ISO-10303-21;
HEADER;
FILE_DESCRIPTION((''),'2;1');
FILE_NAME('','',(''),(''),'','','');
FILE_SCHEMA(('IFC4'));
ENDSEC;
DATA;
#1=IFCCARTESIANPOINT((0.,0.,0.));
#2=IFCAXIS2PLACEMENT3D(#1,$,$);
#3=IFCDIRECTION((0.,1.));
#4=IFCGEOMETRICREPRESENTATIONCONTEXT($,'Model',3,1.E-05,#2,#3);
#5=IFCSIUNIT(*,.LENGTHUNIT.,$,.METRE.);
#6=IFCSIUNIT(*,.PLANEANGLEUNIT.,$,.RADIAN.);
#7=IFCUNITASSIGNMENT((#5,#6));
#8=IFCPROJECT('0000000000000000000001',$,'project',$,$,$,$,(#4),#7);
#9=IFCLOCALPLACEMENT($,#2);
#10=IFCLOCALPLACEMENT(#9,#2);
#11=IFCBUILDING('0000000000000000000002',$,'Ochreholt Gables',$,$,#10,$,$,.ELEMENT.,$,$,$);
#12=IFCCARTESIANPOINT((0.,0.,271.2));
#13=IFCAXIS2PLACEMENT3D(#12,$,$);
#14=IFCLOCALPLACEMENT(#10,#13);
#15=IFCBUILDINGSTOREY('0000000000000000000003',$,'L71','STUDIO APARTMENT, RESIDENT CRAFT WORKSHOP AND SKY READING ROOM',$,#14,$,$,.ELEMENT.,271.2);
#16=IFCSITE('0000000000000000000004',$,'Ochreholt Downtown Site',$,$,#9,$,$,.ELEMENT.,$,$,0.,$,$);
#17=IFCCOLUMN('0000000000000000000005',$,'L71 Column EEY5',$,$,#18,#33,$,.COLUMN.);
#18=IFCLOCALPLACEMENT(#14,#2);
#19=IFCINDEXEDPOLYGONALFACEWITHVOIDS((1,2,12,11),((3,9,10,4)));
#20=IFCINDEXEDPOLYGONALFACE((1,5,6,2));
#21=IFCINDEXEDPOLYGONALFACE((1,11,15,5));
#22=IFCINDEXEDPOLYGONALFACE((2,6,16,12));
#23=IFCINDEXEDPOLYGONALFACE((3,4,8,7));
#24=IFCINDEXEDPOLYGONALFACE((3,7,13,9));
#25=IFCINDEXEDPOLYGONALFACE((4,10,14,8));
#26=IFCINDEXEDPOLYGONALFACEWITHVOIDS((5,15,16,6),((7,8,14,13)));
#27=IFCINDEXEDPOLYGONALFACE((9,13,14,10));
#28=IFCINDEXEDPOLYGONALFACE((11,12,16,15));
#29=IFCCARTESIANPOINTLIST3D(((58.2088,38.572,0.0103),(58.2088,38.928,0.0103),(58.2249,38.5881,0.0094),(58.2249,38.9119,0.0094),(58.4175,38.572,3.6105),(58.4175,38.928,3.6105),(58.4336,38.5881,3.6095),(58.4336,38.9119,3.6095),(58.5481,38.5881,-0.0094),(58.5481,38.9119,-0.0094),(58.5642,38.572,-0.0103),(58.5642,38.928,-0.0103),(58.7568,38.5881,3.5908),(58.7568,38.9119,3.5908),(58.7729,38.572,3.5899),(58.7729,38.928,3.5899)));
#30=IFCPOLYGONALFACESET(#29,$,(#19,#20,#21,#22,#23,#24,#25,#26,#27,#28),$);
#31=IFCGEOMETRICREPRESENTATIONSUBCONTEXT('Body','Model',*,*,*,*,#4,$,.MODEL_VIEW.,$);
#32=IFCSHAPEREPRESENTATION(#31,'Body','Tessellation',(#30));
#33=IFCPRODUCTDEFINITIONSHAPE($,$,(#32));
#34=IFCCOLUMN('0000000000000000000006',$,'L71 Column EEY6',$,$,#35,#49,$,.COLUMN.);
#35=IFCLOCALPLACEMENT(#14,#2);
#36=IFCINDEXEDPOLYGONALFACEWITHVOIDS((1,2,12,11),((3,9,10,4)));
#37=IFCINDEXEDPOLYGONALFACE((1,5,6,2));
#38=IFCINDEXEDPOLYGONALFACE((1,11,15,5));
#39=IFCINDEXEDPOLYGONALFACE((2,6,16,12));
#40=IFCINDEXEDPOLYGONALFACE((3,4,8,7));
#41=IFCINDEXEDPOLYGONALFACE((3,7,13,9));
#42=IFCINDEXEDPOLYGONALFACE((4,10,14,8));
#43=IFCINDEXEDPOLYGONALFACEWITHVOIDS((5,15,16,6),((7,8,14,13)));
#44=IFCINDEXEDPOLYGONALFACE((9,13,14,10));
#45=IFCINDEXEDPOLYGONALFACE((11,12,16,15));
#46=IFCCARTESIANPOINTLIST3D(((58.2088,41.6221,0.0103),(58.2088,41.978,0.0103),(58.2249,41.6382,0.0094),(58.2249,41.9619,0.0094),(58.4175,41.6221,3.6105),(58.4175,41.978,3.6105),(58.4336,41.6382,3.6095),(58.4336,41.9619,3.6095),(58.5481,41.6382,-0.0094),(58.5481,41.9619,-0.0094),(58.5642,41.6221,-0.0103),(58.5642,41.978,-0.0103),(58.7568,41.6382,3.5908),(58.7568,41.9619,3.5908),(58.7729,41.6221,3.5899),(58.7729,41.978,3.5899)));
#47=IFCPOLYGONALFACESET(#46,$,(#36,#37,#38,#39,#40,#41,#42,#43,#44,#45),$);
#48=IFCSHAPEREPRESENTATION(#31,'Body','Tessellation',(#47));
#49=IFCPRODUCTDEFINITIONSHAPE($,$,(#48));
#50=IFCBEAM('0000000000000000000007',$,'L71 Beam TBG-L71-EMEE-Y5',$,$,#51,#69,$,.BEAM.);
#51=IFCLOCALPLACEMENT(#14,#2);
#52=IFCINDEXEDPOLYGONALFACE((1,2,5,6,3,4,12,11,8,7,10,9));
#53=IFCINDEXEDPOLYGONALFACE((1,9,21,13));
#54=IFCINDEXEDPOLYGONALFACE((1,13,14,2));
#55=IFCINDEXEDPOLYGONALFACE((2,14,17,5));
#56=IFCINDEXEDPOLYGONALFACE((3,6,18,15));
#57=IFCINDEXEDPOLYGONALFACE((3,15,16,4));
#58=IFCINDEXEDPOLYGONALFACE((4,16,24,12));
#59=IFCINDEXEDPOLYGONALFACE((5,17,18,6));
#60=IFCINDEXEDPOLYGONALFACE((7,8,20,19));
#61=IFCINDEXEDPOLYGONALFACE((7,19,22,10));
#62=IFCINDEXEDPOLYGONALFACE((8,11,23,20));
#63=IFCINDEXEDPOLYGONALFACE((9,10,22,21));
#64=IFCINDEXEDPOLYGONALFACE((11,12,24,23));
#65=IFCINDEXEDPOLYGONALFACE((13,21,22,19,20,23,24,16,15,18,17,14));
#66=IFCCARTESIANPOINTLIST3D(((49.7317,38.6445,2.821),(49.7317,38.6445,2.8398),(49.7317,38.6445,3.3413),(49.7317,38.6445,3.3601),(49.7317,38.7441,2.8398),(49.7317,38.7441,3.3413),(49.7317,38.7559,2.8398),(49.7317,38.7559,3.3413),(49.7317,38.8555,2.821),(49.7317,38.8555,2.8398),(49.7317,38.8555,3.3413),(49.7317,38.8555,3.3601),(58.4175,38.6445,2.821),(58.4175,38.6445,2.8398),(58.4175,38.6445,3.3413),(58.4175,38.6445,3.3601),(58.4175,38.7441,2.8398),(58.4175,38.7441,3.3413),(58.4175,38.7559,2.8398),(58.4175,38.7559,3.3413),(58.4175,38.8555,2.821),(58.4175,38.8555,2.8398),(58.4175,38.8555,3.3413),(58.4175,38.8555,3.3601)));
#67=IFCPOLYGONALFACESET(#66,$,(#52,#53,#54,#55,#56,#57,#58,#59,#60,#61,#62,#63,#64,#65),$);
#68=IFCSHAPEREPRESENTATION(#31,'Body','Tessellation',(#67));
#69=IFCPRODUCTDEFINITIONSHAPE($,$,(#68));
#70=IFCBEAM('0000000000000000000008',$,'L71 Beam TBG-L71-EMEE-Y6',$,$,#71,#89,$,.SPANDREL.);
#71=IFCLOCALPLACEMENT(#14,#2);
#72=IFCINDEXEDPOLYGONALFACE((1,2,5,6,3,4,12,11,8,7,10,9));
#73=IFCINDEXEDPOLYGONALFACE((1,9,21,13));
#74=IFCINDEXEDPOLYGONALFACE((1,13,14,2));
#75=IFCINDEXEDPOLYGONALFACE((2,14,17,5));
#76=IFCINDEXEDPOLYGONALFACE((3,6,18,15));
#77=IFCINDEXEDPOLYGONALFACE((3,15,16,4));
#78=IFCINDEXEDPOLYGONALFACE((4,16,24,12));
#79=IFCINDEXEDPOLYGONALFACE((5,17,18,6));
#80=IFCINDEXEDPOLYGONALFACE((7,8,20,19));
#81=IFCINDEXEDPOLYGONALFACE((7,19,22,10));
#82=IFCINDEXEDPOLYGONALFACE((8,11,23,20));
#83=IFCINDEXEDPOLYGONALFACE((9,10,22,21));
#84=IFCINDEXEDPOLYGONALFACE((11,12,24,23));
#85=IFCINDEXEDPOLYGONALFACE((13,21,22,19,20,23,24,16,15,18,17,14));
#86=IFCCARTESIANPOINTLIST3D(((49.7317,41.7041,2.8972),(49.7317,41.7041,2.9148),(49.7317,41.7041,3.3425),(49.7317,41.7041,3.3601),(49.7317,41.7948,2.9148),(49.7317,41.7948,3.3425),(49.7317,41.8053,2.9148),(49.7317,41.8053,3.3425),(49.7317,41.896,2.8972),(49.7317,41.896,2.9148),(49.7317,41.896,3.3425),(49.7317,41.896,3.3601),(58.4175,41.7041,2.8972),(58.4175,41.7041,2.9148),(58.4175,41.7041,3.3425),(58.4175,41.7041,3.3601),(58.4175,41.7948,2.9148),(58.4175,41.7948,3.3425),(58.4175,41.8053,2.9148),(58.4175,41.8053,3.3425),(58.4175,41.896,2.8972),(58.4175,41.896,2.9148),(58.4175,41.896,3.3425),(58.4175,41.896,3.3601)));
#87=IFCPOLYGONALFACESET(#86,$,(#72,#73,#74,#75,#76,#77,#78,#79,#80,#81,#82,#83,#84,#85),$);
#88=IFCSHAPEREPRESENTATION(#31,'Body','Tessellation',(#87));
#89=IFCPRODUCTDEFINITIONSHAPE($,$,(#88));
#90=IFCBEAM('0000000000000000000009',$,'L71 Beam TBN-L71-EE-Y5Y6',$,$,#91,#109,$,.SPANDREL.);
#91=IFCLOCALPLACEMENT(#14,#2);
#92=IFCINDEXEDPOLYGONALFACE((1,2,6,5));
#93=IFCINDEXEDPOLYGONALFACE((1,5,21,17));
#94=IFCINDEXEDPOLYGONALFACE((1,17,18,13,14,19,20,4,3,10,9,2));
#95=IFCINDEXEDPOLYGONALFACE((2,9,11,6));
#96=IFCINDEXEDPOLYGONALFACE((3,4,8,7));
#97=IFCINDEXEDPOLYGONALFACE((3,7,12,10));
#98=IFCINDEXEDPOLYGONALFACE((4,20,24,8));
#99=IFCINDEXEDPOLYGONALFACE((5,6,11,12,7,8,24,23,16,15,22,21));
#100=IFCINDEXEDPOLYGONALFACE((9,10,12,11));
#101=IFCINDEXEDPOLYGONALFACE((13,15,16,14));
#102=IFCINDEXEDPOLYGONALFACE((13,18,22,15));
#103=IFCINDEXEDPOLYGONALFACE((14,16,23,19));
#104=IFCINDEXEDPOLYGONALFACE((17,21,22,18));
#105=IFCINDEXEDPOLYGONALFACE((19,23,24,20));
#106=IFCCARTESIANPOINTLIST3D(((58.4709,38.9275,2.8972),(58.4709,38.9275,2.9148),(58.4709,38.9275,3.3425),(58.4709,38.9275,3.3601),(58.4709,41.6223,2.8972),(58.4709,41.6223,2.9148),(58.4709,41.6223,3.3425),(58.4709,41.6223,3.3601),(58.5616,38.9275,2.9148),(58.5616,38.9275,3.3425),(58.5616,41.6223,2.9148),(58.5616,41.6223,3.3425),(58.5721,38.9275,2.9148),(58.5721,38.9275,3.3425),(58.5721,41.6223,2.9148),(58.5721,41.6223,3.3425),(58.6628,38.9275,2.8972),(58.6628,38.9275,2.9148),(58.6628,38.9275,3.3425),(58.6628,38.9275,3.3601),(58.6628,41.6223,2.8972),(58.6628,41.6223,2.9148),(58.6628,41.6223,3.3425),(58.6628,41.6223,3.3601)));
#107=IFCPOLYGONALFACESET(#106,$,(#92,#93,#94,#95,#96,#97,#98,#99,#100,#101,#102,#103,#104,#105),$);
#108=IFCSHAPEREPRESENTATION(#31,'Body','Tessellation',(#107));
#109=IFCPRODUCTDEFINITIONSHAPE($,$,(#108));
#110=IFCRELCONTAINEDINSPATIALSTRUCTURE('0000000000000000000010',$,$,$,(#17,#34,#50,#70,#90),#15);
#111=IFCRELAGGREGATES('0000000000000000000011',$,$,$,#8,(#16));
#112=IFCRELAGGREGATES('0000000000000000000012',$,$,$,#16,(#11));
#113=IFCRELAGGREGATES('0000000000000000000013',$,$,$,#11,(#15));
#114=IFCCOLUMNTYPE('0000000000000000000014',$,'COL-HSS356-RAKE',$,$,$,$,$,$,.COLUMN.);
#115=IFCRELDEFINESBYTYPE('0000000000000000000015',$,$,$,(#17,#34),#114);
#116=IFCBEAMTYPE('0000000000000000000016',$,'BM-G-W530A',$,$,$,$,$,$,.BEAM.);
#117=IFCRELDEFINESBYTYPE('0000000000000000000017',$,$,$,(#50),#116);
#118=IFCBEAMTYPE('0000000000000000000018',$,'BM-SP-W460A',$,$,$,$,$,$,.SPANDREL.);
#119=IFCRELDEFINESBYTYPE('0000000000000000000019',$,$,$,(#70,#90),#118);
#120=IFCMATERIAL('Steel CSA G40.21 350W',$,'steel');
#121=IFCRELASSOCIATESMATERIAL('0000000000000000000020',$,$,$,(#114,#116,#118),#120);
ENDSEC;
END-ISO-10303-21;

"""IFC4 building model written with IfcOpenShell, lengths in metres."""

from ifc_helpers import new_model, si_unit, direction, frame, origin, origin_2d, place, context, subcontext, project, spatial, hollow_rectangle, i_section, extrude, material, material_profile, profile_set, type_object, element, save


model = new_model("IFC4")

# Units and contexts
model_context = context("Model", 3, precision=1e-05, world=origin(), true_north=direction((0.0, 1.0)))
body_context = subcontext(model_context, "Body", "Model", "MODEL_VIEW")
ifc_project = project(units=[si_unit("LENGTHUNIT", "METRE"), si_unit("PLANEANGLEUNIT", "RADIAN")], contexts=[model_context])

# Site, building, storey
site_placement = place(None, origin())
site = spatial("IfcSite", under=ifc_project, at=site_placement, Name="Ochreholt Downtown Site", CompositionType="ELEMENT", RefElevation=0.0)
building_placement = place(site_placement, origin())
building = spatial("IfcBuilding", under=site, at=building_placement, Name="Ochreholt Gables", CompositionType="ELEMENT")
storey_placement = place(building_placement, frame((0.0, 0.0, 271.2)))
storey = spatial("IfcBuildingStorey", under=building, at=storey_placement, Name="L71", Description="STUDIO APARTMENT, RESIDENT CRAFT WORKSHOP AND SKY READING ROOM", CompositionType="ELEMENT", Elevation=271.2)

# Columns
ifc_material_1 = material(Name="Steel CSA G40.21 350W", Category="steel")
ifc_material_profile_1 = material_profile(ifc_material_1, hollow_rectangle(XDim=0.356, YDim=0.356, WallThickness=0.0161, at=origin_2d()), Name="HSS356X356X16")
ifc_profile_set_1 = profile_set([ifc_material_profile_1], Name="Steel CSA G40.21 350W")
column_type = type_object("IfcColumnType", Name="COL-HSS356-RAKE", PredefinedType="COLUMN", material=ifc_profile_set_1)
for number, where, z_axis, x_axis, name in (
    (1, (58.3865, 38.75, 0.0), (0.057885, 0.0, 0.998323), (0.0, 1.0, 0.0), "L71 Column EEY5"),
    (2, (58.3865, 41.8, 0.0), (0.057885, 0.0, 0.998323), (0.0, 1.0, 0.0), "L71 Column EEY6"),
):
    element("IfcColumn", number, at=place(storey_placement, frame(where, z_axis=z_axis, x_axis=x_axis)), inside=storey, type_object=column_type, Name=name, PredefinedType="COLUMN", context=body_context, shape_type="SweptSolid", body=[
        extrude(hollow_rectangle(XDim=0.356, YDim=0.356, WallThickness=0.0161, at=origin_2d()), origin(), (0.0, 0.0, 1.0), 3.6062),
    ])

# Beams
ifc_material_profile_2 = material_profile(ifc_material_1, i_section(OverallWidth=0.2109, OverallDepth=0.5391, WebThickness=0.0117, FlangeThickness=0.0188, at=origin_2d()), Name="W530X109")
ifc_profile_set_2 = profile_set([ifc_material_profile_2], Name="Steel CSA G40.21 350W")
beam_type_1 = type_object("IfcBeamType", Name="BM-G-W530A", PredefinedType="BEAM", material=ifc_profile_set_2)
beam_1_placement = place(storey_placement, frame((49.7317, 38.75, 3.0906), z_axis=(1.0, 0.0, 0.0), x_axis=(0.0, 1.0, 0.0)))
element("IfcBeam", 3, at=beam_1_placement, inside=storey, type_object=beam_type_1, Name="L71 Beam TBG-L71-EMEE-Y5", PredefinedType="BEAM", context=body_context, shape_type="SweptSolid", body=[
    extrude(i_section(OverallWidth=0.2109, OverallDepth=0.5391, WebThickness=0.0117, FlangeThickness=0.0188, at=origin_2d()), origin(), (0.0, 0.0, 1.0), 8.6858),
])
ifc_material_profile_3 = material_profile(ifc_material_1, i_section(OverallWidth=0.1919, OverallDepth=0.4629, WebThickness=0.0105, FlangeThickness=0.0176, at=origin_2d()), Name="W460X89")
ifc_profile_set_3 = profile_set([ifc_material_profile_3], Name="Steel CSA G40.21 350W")
beam_type_2 = type_object("IfcBeamType", Name="BM-SP-W460A", PredefinedType="SPANDREL", material=ifc_profile_set_3)
beam_2_placement = place(storey_placement, frame((49.7317, 41.8, 3.1287), z_axis=(1.0, 0.0, 0.0), x_axis=(0.0, 1.0, 0.0)))
element("IfcBeam", 4, at=beam_2_placement, inside=storey, type_object=beam_type_2, Name="L71 Beam TBG-L71-EMEE-Y6", PredefinedType="SPANDREL", context=body_context, shape_type="SweptSolid", body=[
    extrude(i_section(OverallWidth=0.1919, OverallDepth=0.4629, WebThickness=0.0105, FlangeThickness=0.0176, at=origin_2d()), origin(), (0.0, 0.0, 1.0), 8.6858),
])
beam_3_placement = place(storey_placement, frame((58.5669, 38.9275, 3.1287), z_axis=(0.0, 1.0, 0.0), x_axis=(-1.0, 0.0, 0.0)))
element("IfcBeam", 5, at=beam_3_placement, inside=storey, type_object=beam_type_2, Name="L71 Beam TBN-L71-EE-Y5Y6", PredefinedType="SPANDREL", context=body_context, shape_type="SweptSolid", body=[
    extrude(i_section(OverallWidth=0.1919, OverallDepth=0.4629, WebThickness=0.0105, FlangeThickness=0.0176, at=origin_2d()), origin(), (0.0, 0.0, 1.0), 2.6948),
])

save(model, "model.ifc")
